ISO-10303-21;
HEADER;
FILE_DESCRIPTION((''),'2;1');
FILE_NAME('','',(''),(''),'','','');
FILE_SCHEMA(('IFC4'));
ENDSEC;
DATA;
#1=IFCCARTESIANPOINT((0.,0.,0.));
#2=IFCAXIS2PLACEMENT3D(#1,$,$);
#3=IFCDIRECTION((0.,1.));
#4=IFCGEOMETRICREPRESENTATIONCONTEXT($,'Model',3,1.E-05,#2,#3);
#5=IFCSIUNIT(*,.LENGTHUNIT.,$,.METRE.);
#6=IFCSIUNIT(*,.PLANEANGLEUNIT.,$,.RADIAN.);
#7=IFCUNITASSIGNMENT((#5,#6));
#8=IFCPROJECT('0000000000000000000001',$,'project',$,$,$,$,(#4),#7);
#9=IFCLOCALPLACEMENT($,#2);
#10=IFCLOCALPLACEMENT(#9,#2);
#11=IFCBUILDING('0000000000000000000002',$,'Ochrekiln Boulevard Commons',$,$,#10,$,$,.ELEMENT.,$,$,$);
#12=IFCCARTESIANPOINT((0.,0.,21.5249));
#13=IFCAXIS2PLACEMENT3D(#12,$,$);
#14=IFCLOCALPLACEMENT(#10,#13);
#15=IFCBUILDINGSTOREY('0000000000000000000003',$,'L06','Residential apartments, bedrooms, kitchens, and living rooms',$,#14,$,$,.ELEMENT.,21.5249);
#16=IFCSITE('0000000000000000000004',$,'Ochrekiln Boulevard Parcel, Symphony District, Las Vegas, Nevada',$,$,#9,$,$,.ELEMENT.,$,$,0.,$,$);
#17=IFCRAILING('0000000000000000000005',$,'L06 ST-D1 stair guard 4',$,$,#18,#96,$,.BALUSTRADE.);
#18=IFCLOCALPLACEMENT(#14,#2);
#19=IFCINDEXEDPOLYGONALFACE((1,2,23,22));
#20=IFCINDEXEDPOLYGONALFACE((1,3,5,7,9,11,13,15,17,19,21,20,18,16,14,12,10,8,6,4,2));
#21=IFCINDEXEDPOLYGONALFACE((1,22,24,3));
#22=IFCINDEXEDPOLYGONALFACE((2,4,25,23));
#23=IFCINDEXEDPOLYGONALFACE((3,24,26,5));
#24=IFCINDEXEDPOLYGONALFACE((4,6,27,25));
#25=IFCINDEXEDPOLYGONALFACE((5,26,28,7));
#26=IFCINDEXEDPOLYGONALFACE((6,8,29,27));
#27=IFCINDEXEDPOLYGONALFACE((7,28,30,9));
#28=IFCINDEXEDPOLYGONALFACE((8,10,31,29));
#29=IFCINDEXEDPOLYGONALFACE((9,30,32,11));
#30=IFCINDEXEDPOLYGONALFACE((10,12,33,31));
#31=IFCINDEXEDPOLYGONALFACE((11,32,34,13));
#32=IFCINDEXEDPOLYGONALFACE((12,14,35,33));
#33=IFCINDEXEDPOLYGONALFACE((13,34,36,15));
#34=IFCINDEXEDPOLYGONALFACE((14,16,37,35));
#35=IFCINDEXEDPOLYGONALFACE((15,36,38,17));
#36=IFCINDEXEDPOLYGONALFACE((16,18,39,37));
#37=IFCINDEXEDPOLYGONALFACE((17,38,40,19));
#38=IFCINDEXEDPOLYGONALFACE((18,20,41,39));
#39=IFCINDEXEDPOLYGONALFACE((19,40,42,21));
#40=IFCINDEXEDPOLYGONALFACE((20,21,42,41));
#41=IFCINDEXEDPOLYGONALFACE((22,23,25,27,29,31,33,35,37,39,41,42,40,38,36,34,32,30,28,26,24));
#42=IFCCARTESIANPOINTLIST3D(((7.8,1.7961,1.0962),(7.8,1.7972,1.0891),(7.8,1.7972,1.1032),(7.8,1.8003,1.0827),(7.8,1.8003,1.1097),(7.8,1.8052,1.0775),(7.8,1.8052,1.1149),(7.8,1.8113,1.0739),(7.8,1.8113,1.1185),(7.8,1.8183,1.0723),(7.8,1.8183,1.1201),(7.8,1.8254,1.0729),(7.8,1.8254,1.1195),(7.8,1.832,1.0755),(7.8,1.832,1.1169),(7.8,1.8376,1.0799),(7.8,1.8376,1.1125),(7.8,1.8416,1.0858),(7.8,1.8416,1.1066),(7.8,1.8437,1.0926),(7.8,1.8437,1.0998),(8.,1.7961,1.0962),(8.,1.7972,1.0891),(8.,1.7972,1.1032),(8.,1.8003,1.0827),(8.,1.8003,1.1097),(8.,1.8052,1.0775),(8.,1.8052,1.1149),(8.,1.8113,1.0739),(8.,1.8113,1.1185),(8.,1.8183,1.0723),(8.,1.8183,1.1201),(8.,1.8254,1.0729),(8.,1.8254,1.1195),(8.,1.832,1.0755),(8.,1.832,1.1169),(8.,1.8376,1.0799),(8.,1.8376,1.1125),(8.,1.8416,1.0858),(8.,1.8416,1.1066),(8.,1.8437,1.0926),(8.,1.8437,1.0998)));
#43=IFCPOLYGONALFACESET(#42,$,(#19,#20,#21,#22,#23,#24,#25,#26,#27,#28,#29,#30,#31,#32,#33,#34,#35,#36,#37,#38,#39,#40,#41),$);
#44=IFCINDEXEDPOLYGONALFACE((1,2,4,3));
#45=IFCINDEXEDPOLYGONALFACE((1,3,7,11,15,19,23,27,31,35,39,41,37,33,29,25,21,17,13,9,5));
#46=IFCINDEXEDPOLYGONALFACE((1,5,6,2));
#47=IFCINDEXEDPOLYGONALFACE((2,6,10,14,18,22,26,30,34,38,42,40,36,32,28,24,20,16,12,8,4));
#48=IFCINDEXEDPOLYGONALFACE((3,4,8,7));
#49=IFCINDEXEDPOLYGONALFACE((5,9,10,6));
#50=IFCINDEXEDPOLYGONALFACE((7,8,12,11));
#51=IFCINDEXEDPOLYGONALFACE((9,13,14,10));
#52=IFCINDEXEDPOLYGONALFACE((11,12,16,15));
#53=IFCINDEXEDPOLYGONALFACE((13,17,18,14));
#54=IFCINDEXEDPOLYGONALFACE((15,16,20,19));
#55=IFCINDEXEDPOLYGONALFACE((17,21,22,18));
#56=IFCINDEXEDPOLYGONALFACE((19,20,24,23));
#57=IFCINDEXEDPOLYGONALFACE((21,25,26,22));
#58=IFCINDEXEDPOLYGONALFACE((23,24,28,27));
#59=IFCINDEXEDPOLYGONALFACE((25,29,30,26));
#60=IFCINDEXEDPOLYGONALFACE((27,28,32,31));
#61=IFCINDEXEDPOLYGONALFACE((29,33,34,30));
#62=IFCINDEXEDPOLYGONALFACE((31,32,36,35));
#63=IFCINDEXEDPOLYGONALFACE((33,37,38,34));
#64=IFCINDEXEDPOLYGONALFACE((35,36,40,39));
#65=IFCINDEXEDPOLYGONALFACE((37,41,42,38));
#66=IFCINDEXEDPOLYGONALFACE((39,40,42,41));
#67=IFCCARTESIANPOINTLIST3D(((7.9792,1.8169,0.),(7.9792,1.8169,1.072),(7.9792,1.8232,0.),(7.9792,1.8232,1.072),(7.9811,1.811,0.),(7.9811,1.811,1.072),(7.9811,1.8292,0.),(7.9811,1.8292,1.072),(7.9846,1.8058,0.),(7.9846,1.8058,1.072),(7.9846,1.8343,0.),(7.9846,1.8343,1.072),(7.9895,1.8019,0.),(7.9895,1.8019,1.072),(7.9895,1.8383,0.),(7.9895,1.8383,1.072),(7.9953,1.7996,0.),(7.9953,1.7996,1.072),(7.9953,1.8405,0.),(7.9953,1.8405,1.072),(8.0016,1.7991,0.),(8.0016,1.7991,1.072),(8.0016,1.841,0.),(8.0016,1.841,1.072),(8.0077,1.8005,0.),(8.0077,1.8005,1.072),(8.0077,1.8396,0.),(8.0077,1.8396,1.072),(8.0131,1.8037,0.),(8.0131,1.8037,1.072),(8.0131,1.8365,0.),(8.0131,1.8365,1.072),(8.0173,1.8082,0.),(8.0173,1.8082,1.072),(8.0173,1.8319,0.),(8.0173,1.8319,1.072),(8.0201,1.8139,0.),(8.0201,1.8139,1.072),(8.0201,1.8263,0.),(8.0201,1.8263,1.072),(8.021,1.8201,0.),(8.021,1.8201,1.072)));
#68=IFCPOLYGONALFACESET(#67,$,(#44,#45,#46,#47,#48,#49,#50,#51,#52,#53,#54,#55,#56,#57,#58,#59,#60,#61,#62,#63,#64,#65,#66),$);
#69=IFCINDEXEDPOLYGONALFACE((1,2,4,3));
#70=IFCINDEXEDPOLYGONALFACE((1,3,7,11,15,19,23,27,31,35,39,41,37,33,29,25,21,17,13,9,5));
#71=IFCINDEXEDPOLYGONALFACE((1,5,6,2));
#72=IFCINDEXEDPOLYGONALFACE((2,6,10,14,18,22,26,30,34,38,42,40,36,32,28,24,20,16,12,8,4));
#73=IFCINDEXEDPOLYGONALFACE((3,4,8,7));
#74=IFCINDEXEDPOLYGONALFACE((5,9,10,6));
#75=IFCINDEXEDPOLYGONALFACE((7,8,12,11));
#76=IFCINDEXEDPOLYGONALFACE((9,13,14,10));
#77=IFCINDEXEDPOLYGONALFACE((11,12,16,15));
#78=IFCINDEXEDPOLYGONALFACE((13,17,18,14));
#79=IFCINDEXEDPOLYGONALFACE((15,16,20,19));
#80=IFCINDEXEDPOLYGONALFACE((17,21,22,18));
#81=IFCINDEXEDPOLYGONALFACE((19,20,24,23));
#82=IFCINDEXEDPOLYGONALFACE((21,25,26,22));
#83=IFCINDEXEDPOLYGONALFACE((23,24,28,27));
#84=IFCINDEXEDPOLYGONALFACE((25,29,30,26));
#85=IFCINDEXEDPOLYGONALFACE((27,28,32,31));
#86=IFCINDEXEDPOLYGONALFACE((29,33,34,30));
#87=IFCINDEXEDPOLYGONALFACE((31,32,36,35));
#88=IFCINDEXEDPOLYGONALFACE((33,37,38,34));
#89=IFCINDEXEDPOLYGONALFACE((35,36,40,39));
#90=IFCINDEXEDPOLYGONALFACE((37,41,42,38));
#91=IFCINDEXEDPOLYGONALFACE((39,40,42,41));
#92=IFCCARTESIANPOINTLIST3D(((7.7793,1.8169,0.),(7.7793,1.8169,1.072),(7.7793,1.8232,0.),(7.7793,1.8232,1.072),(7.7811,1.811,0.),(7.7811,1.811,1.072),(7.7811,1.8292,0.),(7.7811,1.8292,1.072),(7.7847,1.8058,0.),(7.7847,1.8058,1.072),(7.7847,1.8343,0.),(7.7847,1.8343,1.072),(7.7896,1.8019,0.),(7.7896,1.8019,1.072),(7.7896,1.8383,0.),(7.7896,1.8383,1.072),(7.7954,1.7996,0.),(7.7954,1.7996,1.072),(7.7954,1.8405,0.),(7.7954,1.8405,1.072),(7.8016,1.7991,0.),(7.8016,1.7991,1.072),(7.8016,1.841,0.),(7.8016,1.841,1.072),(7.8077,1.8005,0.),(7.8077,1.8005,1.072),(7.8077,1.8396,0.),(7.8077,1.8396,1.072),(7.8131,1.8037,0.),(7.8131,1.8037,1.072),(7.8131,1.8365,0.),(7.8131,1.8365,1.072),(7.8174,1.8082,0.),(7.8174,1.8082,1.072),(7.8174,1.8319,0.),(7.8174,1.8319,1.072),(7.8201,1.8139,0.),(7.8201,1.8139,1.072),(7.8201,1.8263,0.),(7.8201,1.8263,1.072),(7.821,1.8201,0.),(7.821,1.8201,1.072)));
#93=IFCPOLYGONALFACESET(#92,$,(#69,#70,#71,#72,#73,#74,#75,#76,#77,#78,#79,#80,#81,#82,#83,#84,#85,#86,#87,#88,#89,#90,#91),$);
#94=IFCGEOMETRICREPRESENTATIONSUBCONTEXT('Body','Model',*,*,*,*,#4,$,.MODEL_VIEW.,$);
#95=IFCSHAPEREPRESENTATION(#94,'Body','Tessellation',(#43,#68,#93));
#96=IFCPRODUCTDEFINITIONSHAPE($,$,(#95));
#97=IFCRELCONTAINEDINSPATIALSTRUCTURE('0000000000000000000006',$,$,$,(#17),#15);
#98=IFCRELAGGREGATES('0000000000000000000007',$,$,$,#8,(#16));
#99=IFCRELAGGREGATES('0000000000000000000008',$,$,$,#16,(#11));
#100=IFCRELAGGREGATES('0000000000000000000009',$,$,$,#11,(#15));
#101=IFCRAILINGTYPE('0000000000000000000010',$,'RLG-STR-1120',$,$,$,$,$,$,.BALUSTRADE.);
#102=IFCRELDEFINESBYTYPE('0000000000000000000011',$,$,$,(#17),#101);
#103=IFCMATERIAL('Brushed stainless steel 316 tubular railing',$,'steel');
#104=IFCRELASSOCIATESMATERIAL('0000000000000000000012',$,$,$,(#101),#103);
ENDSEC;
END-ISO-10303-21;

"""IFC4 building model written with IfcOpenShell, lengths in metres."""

from ifc_helpers import new_model, si_unit, direction, frame, origin, origin_2d, place, context, subcontext, project, spatial, circle, extrude, material, type_object, element, save


model = new_model("IFC4")

# Units and contexts
model_context = context("Model", 3, precision=1e-05, world=origin(), true_north=direction((0.0, 1.0)))
body_context = subcontext(model_context, "Body", "Model", "MODEL_VIEW")
ifc_project = project(units=[si_unit("LENGTHUNIT", "METRE"), si_unit("PLANEANGLEUNIT", "RADIAN")], contexts=[model_context])

# Site, building, storey
site_placement = place(None, origin())
site = spatial("IfcSite", under=ifc_project, at=site_placement, Name="Ochrekiln Boulevard Parcel, Symphony District, Las Vegas, Nevada", CompositionType="ELEMENT", RefElevation=0.0)
building_placement = place(site_placement, origin())
building = spatial("IfcBuilding", under=site, at=building_placement, Name="Ochrekiln Boulevard Commons", CompositionType="ELEMENT")
storey_placement = place(building_placement, frame((0.0, 0.0, 21.5249)))
storey = spatial("IfcBuildingStorey", under=building, at=storey_placement, Name="L06", Description="Residential apartments, bedrooms, kitchens, and living rooms", CompositionType="ELEMENT", Elevation=21.5249)

# Railing
ifc_material_1 = material(Name="Brushed stainless steel 316 tubular railing", Category="steel")
railing_type_1 = type_object("IfcRailingType", Name="RLG-STR-1120", PredefinedType="BALUSTRADE", material=ifc_material_1)
railing_1_placement = place(storey_placement, frame((8.0, 1.8201, 0.0)))
element("IfcRailing", 1, at=railing_1_placement, inside=storey, type_object=railing_type_1, Name="L06 ST-D1 stair guard 4", PredefinedType="BALUSTRADE", context=body_context, shape_type="SweptSolid", body=[
    extrude(circle(Radius=0.0239, at=origin_2d()), frame((0.0, 0.0, 1.0962), z_axis=(-1.0, 0.0, 0.0), x_axis=(0.0, -1.0, 0.0)), (0.0, 0.0, 1.0), 0.2),
    extrude(circle(Radius=0.021, at=origin_2d()), origin(), (0.0, 0.0, 1.0), 1.072),
    extrude(circle(Radius=0.021, at=origin_2d()), frame((-0.2, 0.0, 0.0)), (0.0, 0.0, 1.0), 1.072),
])

save(model, "model.ifc")
